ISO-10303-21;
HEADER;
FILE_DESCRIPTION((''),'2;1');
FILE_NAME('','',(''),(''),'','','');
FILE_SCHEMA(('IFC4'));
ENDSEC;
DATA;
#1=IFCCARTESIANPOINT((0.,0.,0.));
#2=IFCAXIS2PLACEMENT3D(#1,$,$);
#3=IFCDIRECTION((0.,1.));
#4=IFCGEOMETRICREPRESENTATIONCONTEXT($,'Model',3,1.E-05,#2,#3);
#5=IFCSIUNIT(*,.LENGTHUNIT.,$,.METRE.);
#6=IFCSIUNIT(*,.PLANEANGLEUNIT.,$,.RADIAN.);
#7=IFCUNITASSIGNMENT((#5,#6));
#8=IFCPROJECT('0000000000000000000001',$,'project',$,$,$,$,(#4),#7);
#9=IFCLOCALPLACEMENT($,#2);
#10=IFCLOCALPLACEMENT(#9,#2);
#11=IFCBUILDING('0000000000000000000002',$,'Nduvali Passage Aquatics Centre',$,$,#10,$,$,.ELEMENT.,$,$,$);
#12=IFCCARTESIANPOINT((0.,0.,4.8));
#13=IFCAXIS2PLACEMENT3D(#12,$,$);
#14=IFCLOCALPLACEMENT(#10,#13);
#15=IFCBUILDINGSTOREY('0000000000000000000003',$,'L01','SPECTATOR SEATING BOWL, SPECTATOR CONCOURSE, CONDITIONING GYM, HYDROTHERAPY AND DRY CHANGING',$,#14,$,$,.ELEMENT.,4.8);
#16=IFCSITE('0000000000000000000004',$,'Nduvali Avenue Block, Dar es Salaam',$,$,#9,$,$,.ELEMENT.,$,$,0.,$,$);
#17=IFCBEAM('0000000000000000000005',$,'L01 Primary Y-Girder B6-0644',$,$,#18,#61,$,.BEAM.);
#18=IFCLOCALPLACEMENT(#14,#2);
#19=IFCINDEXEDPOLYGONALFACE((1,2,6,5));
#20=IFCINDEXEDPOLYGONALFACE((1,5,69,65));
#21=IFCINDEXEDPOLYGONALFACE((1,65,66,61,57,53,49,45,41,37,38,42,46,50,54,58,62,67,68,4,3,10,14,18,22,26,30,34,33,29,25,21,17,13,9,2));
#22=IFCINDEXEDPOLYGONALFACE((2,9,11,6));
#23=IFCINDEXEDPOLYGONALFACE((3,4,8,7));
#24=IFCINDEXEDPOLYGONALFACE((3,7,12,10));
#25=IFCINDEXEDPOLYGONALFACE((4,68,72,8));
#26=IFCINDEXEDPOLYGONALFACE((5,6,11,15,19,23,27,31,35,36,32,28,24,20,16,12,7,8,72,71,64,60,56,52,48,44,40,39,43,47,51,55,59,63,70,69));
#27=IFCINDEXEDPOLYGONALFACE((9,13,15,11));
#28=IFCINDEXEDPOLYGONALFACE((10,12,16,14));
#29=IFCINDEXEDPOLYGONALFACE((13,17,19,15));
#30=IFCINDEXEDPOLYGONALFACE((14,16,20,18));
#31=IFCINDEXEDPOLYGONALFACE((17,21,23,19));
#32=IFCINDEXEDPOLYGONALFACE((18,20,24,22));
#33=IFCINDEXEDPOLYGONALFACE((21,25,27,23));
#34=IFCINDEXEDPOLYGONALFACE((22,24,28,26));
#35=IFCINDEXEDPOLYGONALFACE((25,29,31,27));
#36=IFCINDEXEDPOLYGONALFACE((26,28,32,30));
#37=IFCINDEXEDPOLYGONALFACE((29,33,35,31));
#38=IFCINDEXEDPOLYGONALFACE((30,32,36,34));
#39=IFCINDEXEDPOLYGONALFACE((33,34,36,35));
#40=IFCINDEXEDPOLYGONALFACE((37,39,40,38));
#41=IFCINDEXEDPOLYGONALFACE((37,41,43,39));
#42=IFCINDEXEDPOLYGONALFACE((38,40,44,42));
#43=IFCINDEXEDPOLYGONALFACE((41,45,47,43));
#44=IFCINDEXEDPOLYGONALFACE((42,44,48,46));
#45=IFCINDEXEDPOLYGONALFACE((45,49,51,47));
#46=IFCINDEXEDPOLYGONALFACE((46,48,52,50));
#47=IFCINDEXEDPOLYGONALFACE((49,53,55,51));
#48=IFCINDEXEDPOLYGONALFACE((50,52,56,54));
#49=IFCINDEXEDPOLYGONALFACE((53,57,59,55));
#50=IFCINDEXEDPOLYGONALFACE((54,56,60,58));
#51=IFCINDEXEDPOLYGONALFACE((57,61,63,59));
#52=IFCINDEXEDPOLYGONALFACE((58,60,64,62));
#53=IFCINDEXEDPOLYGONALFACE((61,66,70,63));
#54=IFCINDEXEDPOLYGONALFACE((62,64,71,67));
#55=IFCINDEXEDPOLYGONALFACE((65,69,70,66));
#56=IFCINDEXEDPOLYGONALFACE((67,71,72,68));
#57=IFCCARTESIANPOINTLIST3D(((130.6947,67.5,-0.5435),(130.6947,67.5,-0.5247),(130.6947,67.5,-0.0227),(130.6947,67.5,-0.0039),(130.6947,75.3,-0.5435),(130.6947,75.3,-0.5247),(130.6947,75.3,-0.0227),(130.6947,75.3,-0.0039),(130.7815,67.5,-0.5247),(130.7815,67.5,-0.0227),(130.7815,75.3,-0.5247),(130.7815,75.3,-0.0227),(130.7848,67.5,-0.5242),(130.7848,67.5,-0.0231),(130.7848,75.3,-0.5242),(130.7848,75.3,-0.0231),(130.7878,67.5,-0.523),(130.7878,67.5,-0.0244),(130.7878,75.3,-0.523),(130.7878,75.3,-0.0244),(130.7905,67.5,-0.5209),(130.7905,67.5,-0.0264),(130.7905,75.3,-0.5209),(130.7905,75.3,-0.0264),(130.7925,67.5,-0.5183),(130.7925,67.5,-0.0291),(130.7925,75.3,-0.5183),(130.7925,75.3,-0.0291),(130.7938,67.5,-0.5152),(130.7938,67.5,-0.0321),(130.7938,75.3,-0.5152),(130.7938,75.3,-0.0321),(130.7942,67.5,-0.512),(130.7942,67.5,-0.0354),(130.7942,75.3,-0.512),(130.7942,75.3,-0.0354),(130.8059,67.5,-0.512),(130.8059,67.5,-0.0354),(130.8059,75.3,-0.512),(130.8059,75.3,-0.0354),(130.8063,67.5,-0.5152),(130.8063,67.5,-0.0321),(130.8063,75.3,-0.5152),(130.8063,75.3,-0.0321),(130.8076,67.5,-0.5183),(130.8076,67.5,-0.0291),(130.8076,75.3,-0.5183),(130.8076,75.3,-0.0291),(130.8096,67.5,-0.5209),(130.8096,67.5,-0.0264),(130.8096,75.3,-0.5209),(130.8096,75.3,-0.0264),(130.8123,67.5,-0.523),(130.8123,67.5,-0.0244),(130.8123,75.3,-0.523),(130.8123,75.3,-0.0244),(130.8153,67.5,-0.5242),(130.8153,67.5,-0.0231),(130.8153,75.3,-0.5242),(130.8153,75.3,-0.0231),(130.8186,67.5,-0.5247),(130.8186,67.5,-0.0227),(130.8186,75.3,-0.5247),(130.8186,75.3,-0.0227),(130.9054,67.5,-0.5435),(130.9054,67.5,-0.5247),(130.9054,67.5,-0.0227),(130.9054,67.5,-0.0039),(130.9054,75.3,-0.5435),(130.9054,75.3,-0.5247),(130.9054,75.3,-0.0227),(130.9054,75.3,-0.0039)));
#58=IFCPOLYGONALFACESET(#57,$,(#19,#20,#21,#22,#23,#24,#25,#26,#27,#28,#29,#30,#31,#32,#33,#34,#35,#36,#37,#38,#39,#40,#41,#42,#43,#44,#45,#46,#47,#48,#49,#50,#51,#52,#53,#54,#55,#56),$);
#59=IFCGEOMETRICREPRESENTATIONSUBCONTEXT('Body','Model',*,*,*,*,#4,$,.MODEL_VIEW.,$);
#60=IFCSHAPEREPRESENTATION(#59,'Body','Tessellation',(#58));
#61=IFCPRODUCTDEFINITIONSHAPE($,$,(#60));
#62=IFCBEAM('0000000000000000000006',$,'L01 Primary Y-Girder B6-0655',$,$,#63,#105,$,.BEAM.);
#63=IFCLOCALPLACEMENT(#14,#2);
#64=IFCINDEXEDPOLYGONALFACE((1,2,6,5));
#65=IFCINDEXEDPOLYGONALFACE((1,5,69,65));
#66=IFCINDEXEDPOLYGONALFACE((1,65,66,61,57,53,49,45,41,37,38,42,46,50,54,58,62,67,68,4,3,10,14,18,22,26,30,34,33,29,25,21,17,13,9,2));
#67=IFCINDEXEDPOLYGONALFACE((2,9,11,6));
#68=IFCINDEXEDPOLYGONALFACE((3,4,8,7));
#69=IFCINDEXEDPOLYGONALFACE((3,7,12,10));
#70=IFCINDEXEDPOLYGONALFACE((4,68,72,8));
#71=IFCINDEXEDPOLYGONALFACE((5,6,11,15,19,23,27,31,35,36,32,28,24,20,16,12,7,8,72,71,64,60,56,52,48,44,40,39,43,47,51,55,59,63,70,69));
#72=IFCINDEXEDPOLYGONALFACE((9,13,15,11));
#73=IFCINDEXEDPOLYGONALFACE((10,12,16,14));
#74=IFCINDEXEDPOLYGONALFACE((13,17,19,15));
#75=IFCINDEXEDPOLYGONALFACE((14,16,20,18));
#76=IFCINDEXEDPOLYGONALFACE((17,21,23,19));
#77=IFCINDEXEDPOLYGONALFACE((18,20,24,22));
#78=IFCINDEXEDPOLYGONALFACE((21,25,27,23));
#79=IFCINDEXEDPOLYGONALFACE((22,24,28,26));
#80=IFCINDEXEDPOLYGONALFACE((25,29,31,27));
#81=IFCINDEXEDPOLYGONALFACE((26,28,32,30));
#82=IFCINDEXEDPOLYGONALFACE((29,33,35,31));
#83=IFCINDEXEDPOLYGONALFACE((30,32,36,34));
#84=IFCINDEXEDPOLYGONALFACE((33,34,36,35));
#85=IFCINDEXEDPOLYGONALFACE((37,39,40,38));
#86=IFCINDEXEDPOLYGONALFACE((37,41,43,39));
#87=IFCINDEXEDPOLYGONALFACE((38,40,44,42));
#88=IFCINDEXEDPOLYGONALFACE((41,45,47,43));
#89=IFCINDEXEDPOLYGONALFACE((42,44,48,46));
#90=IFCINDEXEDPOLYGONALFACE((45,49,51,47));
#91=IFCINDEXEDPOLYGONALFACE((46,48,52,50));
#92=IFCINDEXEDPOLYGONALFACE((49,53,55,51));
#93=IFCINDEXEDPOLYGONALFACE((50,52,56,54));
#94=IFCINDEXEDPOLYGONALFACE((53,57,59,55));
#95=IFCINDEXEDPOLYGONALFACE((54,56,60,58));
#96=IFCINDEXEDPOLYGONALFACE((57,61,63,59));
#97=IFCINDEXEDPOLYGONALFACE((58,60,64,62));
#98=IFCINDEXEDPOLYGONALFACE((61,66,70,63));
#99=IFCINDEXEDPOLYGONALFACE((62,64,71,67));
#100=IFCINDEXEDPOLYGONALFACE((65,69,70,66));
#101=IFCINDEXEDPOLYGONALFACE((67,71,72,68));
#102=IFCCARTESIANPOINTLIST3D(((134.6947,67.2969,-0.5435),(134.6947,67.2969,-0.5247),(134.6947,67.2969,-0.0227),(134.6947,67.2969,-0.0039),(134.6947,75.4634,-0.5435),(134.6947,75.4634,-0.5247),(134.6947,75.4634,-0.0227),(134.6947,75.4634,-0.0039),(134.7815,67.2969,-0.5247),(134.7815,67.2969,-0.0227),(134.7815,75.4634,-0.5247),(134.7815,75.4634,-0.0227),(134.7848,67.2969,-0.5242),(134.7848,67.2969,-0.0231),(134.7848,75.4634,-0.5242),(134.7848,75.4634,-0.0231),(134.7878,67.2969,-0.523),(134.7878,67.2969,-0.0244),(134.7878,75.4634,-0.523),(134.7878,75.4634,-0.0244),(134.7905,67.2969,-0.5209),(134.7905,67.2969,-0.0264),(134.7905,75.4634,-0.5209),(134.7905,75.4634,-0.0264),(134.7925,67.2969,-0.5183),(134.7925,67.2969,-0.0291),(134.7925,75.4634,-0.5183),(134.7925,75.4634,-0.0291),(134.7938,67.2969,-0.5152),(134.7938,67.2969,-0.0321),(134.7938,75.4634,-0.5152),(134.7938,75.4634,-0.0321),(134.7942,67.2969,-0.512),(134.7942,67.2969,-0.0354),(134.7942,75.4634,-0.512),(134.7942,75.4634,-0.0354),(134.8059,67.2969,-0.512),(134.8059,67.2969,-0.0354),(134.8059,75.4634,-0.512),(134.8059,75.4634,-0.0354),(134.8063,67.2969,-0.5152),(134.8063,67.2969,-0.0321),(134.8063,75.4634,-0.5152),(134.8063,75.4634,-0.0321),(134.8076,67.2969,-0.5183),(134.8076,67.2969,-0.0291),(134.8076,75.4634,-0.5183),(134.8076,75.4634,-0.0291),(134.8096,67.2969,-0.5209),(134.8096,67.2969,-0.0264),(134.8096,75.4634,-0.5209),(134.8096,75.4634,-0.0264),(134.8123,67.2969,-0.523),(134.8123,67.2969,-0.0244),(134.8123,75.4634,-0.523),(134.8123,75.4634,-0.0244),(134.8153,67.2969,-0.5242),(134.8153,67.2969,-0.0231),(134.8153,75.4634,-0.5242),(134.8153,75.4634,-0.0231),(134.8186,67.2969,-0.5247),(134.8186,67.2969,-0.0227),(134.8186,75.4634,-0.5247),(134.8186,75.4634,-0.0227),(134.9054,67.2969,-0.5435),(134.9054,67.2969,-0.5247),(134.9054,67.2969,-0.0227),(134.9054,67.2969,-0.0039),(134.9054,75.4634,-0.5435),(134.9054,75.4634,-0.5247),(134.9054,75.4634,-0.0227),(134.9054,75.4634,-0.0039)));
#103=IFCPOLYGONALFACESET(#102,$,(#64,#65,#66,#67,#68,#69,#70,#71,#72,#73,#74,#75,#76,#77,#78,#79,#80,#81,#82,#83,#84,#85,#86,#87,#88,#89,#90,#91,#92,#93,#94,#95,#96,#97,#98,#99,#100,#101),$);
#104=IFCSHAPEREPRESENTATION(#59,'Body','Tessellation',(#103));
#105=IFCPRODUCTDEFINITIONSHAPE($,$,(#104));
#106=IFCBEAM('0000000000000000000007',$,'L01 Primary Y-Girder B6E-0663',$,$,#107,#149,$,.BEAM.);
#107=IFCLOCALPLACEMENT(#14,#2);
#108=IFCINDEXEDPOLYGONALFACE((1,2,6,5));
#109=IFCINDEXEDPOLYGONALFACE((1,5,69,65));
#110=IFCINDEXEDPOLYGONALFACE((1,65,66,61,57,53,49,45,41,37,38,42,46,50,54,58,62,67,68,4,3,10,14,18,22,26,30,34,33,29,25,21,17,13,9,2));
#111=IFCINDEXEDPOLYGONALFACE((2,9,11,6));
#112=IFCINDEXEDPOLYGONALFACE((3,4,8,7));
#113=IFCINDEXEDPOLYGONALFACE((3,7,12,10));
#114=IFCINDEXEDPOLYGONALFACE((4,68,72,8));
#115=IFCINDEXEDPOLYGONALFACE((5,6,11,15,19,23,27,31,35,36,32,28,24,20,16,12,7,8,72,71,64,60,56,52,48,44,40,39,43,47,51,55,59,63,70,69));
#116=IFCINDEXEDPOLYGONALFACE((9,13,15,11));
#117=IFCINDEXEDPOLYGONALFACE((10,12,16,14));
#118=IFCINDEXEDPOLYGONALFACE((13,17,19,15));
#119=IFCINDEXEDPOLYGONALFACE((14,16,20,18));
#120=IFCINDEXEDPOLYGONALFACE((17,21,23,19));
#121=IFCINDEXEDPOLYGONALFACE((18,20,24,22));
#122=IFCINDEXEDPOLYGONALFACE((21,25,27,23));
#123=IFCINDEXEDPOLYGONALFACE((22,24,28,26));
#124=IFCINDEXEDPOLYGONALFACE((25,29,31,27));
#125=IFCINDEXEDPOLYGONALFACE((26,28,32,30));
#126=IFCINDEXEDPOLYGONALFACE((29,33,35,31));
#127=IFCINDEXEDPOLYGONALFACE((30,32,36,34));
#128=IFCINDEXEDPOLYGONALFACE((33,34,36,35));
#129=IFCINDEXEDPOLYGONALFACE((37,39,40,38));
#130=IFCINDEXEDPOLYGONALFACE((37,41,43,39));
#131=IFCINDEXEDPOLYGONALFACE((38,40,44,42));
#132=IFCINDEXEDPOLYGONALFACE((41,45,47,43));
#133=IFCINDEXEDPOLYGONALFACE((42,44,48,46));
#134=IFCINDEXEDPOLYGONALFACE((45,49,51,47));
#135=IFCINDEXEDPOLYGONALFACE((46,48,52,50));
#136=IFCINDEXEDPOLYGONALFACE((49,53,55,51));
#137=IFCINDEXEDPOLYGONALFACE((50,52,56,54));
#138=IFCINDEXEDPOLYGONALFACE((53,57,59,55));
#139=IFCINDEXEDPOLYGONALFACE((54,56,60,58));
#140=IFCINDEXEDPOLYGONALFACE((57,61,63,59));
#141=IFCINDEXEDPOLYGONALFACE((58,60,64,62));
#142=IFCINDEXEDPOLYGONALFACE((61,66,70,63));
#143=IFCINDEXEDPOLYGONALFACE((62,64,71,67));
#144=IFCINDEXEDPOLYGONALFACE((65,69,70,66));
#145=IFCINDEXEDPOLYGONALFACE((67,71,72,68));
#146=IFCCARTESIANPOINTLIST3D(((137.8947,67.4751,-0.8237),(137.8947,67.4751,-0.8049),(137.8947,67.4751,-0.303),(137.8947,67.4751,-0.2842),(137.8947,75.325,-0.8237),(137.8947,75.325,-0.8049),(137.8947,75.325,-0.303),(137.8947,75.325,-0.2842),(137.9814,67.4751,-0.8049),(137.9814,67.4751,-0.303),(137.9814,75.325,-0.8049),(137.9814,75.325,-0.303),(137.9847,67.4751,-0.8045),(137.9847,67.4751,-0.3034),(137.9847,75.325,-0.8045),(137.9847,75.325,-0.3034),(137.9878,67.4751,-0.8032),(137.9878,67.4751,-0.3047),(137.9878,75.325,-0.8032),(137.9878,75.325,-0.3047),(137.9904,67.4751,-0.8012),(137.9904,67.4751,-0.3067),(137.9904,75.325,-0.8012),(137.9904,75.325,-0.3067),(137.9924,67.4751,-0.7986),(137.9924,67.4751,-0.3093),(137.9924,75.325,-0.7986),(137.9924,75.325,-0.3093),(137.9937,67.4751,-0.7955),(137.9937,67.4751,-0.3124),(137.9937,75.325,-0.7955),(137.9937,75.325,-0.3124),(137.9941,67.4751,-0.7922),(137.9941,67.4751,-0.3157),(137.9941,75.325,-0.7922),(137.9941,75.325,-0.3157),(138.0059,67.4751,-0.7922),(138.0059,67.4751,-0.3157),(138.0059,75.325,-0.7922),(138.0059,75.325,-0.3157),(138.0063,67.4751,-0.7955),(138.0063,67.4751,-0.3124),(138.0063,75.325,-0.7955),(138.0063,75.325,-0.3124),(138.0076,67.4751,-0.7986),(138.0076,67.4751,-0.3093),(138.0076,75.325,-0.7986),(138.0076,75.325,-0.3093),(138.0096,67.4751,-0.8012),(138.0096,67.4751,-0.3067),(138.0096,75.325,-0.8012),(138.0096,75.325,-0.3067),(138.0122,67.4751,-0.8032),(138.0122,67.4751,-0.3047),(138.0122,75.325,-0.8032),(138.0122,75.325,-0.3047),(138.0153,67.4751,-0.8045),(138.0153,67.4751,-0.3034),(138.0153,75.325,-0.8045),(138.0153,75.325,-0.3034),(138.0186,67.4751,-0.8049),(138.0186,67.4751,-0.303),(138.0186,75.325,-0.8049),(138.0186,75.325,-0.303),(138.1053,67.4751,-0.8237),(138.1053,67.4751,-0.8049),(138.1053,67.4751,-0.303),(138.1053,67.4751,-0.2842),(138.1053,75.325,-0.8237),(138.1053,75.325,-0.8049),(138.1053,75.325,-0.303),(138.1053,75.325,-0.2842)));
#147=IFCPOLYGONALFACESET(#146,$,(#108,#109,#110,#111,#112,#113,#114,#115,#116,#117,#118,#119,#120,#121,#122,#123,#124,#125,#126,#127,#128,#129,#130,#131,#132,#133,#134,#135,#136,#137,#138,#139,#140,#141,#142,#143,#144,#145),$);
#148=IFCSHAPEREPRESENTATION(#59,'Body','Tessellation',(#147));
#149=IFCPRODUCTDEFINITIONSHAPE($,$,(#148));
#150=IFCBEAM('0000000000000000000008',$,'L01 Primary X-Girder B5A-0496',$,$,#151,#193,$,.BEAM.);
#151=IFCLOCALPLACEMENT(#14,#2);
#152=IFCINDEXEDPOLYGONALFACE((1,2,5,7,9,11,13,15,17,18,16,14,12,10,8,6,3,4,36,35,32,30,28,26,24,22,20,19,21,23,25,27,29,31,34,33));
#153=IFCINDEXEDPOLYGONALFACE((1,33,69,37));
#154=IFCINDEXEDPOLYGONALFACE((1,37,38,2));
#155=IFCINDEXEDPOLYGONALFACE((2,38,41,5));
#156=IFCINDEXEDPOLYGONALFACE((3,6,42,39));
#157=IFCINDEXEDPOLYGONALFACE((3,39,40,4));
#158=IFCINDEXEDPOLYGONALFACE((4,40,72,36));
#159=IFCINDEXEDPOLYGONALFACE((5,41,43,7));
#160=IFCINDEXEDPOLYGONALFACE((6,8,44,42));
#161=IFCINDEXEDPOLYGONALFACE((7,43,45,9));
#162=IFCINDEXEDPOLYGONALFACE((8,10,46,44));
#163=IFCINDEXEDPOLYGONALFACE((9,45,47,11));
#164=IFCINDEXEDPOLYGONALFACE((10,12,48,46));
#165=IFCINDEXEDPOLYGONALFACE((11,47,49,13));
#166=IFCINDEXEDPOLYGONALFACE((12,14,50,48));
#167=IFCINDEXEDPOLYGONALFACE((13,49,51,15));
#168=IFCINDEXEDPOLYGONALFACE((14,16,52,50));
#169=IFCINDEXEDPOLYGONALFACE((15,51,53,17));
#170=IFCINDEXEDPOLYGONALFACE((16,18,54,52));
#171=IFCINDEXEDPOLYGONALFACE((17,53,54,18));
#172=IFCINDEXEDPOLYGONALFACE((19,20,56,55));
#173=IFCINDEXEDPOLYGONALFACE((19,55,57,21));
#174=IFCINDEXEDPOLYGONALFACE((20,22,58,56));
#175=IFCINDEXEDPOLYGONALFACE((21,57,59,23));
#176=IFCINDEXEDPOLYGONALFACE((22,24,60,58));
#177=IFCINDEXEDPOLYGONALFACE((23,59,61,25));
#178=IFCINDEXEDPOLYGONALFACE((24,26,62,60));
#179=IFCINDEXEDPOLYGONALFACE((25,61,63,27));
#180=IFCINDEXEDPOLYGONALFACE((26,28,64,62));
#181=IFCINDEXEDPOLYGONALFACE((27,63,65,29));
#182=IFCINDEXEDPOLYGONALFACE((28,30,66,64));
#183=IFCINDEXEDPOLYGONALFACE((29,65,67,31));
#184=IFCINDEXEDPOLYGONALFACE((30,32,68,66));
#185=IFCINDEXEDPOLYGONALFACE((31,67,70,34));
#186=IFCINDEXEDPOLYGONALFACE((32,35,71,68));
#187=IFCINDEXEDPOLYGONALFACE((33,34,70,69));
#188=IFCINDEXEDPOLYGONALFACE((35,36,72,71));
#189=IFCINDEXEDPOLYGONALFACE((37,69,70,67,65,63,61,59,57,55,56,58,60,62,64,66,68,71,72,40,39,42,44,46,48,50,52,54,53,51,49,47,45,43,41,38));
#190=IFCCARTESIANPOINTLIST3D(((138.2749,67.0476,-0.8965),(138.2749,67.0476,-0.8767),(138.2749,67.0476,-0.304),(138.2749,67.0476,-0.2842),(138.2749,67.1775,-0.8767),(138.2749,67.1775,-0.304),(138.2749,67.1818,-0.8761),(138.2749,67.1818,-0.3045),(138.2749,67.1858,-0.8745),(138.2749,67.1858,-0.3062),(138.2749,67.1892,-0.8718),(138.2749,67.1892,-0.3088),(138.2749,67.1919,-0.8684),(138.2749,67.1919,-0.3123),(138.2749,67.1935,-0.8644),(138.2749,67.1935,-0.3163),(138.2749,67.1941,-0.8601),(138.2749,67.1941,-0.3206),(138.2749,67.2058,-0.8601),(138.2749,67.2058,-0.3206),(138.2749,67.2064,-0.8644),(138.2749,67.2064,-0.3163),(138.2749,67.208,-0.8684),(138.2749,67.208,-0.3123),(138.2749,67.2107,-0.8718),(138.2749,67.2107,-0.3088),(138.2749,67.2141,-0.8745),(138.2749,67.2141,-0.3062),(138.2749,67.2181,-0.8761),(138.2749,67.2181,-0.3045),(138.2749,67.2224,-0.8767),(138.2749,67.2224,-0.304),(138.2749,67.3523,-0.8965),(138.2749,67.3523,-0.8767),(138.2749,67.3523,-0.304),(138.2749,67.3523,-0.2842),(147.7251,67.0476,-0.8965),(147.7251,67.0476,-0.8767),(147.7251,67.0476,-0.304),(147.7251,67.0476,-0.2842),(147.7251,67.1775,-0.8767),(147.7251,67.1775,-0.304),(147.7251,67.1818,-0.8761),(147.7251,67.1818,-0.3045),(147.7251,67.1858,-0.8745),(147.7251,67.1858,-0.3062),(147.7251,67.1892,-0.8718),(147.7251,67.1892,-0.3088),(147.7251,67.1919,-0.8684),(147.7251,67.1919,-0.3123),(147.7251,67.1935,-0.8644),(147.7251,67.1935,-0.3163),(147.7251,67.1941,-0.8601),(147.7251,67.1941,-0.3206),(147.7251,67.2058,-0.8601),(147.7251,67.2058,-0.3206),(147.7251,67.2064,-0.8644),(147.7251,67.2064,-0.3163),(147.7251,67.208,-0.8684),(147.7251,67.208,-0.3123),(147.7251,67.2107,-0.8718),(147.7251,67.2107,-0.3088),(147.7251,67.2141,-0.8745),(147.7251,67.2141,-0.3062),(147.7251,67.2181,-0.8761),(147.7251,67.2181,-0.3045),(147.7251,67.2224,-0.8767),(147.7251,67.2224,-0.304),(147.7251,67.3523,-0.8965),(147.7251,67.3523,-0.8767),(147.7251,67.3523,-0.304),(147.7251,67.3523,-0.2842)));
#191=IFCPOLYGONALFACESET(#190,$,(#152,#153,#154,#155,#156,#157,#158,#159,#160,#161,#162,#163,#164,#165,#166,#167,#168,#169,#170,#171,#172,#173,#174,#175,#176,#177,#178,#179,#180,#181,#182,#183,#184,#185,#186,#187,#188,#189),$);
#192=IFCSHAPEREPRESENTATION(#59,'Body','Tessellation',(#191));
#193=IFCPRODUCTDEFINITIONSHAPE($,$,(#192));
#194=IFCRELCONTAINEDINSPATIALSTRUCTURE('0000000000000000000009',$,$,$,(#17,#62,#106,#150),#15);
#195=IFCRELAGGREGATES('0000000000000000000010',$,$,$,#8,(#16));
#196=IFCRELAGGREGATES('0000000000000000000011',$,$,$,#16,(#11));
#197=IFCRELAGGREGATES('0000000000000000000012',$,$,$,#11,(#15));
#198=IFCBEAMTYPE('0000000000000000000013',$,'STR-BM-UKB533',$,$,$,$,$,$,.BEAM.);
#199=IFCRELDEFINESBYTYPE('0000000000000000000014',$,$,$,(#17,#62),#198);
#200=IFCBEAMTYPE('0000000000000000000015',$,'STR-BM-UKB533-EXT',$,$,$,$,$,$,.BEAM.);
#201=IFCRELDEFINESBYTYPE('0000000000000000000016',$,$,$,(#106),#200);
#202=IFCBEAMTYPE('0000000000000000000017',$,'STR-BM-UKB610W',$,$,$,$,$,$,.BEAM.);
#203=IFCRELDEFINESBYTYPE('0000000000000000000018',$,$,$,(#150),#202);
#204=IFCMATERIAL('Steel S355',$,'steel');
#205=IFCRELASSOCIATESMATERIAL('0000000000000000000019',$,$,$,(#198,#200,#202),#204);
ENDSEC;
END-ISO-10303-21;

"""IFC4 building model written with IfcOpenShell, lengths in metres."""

from ifc_helpers import new_model, si_unit, direction, frame, origin, origin_2d, place, context, subcontext, project, spatial, i_section, extrude, material, material_profile, profile_set, type_object, element, save


model = new_model("IFC4")

# Units and contexts
model_context = context("Model", 3, precision=1e-05, world=origin(), true_north=direction((0.0, 1.0)))
body_context = subcontext(model_context, "Body", "Model", "MODEL_VIEW")
ifc_project = project(units=[si_unit("LENGTHUNIT", "METRE"), si_unit("PLANEANGLEUNIT", "RADIAN")], contexts=[model_context])

# Site, building, storey
site_placement = place(None, origin())
site = spatial("IfcSite", under=ifc_project, at=site_placement, Name="Nduvali Avenue Block, Dar es Salaam", CompositionType="ELEMENT", RefElevation=0.0)
building_placement = place(site_placement, origin())
building = spatial("IfcBuilding", under=site, at=building_placement, Name="Nduvali Passage Aquatics Centre", CompositionType="ELEMENT")
storey_placement = place(building_placement, frame((0.0, 0.0, 4.8)))
storey = spatial("IfcBuildingStorey", under=building, at=storey_placement, Name="L01", Description="SPECTATOR SEATING BOWL, SPECTATOR CONCOURSE, CONDITIONING GYM, HYDROTHERAPY AND DRY CHANGING", CompositionType="ELEMENT", Elevation=4.8)

# Shared definitions
ifc_material_1 = material(Name="Steel S355", Category="steel")

# Beams
ifc_material_profile_1 = material_profile(ifc_material_1, i_section(OverallWidth=0.2107, OverallDepth=0.5396, WebThickness=0.0117, FlangeThickness=0.0188, FilletRadius=0.0127, at=origin_2d()), Name="UKB 533x210x109")
ifc_profile_set_1 = profile_set([ifc_material_profile_1], Name="Steel S355")
beam_type_1 = type_object("IfcBeamType", Name="STR-BM-UKB533", PredefinedType="BEAM", material=ifc_profile_set_1)
beam_1_placement = place(storey_placement, frame((130.8, 67.5, -0.2737), z_axis=(0.0, 1.0, 0.0), x_axis=(-1.0, 0.0, 0.0)))
element("IfcBeam", 1, at=beam_1_placement, inside=storey, type_object=beam_type_1, Name="L01 Primary Y-Girder B6-0644", PredefinedType="BEAM", context=body_context, shape_type="SweptSolid", body=[
    extrude(i_section(OverallWidth=0.2107, OverallDepth=0.5396, WebThickness=0.0117, FlangeThickness=0.0188, FilletRadius=0.0127, at=origin_2d()), origin(), (0.0, 0.0, 1.0), 7.8),
])
beam_2_placement = place(storey_placement, frame((134.8, 67.2969, -0.2737), z_axis=(0.0, 1.0, 0.0), x_axis=(-1.0, 0.0, 0.0)))
element("IfcBeam", 2, at=beam_2_placement, inside=storey, type_object=beam_type_1, Name="L01 Primary Y-Girder B6-0655", PredefinedType="BEAM", context=body_context, shape_type="SweptSolid", body=[
    extrude(i_section(OverallWidth=0.2107, OverallDepth=0.5396, WebThickness=0.0117, FlangeThickness=0.0188, FilletRadius=0.0127, at=origin_2d()), origin(), (0.0, 0.0, 1.0), 8.1665),
])
ifc_material_profile_2 = material_profile(ifc_material_1, i_section(OverallWidth=0.2107, OverallDepth=0.5396, WebThickness=0.0117, FlangeThickness=0.0188, FilletRadius=0.0127, at=origin_2d()), Name="UKB 533x210x109")
ifc_profile_set_2 = profile_set([ifc_material_profile_2], Name="Steel S355")
beam_type_2 = type_object("IfcBeamType", Name="STR-BM-UKB533-EXT", PredefinedType="BEAM", material=ifc_profile_set_2)
beam_3_placement = place(storey_placement, frame((138.0, 67.4751, -0.554), z_axis=(0.0, 1.0, 0.0), x_axis=(-1.0, 0.0, 0.0)))
element("IfcBeam", 3, at=beam_3_placement, inside=storey, type_object=beam_type_2, Name="L01 Primary Y-Girder B6E-0663", PredefinedType="BEAM", context=body_context, shape_type="SweptSolid", body=[
    extrude(i_section(OverallWidth=0.2107, OverallDepth=0.5396, WebThickness=0.0117, FlangeThickness=0.0188, FilletRadius=0.0127, at=origin_2d()), origin(), (0.0, 0.0, 1.0), 7.8499),
])
ifc_material_profile_3 = material_profile(ifc_material_1, i_section(OverallWidth=0.3047, OverallDepth=0.6123, WebThickness=0.0117, FlangeThickness=0.0198, FilletRadius=0.0166, at=origin_2d()), Name="UKB 610x305x149")
ifc_profile_set_3 = profile_set([ifc_material_profile_3], Name="Steel S355")
beam_type_3 = type_object("IfcBeamType", Name="STR-BM-UKB610W", PredefinedType="BEAM", material=ifc_profile_set_3)
beam_4_placement = place(storey_placement, frame((138.2749, 67.2, -0.5903), z_axis=(1.0, 0.0, 0.0), x_axis=(0.0, 1.0, 0.0)))
element("IfcBeam", 4, at=beam_4_placement, inside=storey, type_object=beam_type_3, Name="L01 Primary X-Girder B5A-0496", PredefinedType="BEAM", context=body_context, shape_type="SweptSolid", body=[
    extrude(i_section(OverallWidth=0.3047, OverallDepth=0.6123, WebThickness=0.0117, FlangeThickness=0.0198, FilletRadius=0.0166, at=origin_2d()), origin(), (0.0, 0.0, 1.0), 9.4502),
])

save(model, "model.ifc")
